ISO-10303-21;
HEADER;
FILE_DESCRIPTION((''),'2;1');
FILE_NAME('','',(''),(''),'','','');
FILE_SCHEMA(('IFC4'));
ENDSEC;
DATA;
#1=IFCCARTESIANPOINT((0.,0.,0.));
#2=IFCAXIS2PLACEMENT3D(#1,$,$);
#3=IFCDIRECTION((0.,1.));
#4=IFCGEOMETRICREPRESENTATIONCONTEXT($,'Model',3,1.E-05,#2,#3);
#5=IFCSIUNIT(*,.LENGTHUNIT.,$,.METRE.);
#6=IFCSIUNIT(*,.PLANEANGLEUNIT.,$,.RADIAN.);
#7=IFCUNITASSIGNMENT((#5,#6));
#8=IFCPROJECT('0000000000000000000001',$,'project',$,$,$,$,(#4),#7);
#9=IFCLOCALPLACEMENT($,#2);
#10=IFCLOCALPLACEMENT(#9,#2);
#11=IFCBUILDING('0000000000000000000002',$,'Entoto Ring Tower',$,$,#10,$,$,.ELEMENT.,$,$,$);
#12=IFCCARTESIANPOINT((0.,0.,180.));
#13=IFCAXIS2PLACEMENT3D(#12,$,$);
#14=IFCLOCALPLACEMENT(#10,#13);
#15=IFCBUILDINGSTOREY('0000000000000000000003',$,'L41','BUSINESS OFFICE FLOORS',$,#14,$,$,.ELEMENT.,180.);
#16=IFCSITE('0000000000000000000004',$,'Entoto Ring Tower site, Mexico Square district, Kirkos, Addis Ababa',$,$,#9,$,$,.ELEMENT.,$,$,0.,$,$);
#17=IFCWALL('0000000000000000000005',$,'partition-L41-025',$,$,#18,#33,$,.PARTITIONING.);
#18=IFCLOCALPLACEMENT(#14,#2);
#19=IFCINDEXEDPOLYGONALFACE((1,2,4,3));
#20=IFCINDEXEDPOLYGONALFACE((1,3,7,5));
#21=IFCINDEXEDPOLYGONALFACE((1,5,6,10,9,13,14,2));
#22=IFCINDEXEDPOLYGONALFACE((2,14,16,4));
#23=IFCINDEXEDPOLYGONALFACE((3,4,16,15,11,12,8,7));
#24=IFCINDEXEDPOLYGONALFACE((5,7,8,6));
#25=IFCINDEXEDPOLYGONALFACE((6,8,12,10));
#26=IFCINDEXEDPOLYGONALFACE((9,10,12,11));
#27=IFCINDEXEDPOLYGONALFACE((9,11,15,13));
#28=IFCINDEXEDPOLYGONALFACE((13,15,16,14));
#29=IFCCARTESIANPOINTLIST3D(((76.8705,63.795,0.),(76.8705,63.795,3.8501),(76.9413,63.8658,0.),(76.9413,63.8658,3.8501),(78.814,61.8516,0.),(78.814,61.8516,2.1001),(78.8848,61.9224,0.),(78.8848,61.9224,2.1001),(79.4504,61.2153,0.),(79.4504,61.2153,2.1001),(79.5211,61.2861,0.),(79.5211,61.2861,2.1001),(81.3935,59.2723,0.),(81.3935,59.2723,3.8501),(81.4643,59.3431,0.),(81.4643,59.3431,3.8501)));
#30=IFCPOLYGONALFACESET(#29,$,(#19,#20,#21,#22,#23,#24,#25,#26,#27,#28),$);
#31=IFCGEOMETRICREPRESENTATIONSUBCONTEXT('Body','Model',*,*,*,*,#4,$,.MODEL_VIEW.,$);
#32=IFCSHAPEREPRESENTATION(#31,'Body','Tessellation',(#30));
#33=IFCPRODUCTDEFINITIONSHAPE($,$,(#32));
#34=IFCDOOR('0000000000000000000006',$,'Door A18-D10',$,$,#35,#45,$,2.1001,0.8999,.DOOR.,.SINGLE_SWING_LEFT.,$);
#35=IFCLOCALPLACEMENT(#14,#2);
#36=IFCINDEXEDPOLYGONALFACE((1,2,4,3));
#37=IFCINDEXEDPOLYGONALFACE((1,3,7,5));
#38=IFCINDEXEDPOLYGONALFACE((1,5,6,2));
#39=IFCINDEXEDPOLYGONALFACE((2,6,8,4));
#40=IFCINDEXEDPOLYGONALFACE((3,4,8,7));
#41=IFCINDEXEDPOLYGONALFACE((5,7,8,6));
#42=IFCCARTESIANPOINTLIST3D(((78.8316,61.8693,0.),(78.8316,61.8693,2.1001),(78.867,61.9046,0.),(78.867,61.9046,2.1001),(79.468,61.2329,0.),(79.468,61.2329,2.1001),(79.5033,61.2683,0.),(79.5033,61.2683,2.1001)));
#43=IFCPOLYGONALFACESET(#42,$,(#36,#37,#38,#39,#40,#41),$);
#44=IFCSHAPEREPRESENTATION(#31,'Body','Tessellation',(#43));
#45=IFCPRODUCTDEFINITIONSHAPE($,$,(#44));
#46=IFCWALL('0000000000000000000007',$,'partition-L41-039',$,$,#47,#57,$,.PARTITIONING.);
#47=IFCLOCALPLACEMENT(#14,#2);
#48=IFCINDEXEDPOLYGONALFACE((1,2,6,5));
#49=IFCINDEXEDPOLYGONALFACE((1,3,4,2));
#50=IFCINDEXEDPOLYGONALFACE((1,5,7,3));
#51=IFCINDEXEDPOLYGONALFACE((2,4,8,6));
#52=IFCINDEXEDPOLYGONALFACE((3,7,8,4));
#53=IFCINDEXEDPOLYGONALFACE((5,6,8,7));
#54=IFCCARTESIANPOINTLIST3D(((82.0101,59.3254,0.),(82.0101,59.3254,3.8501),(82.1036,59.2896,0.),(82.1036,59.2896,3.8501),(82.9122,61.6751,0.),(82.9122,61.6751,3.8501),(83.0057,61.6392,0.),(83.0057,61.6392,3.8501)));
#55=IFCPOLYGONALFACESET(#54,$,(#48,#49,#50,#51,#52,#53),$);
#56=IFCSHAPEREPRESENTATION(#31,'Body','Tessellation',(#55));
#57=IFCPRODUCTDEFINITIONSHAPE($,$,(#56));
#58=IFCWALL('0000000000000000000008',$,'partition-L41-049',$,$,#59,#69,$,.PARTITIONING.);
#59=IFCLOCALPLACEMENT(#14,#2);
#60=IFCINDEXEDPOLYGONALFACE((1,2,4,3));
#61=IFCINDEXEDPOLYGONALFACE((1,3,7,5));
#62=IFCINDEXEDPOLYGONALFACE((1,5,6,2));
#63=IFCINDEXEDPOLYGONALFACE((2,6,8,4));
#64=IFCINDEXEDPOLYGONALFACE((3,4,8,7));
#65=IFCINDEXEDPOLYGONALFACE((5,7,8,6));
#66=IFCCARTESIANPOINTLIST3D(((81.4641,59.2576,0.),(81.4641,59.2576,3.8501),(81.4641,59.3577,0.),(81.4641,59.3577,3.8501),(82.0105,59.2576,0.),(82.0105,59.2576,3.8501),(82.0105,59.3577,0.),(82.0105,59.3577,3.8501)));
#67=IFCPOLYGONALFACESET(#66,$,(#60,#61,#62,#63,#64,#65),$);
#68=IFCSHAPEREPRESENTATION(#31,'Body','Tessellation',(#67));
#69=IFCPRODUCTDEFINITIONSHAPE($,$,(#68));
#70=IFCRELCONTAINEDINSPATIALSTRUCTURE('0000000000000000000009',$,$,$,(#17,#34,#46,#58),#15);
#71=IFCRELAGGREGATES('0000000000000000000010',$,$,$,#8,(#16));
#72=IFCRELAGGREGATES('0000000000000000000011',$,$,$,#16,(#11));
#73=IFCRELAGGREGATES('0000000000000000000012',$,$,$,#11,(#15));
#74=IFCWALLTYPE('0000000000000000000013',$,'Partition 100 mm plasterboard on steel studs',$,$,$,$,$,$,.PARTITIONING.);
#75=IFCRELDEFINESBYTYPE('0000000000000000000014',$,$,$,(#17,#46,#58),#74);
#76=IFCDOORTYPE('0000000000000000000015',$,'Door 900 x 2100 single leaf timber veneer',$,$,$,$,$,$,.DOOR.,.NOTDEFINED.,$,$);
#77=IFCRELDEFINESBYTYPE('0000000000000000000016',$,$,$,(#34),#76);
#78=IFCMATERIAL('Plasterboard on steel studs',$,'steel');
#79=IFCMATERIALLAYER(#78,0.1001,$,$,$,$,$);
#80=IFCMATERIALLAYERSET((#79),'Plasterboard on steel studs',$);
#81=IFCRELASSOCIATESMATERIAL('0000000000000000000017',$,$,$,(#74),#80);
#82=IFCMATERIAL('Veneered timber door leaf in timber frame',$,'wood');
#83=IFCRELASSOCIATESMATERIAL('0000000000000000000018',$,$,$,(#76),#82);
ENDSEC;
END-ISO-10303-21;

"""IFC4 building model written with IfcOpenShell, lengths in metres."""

from ifc_helpers import new_model, si_unit, direction, frame, frame_2d, origin, place, context, subcontext, project, spatial, rectangle, extrude, material, layer, layer_set, type_object, element, fill, save


model = new_model("IFC4")

# Units and contexts
model_context = context("Model", 3, precision=1e-05, world=origin(), true_north=direction((0.0, 1.0)))
body_context = subcontext(model_context, "Body", "Model", "MODEL_VIEW")
ifc_project = project(units=[si_unit("LENGTHUNIT", "METRE"), si_unit("PLANEANGLEUNIT", "RADIAN")], contexts=[model_context])

# Site, building, storey
site_placement = place(None, origin())
site = spatial("IfcSite", under=ifc_project, at=site_placement, Name="Entoto Ring Tower site, Mexico Square district, Kirkos, Addis Ababa", CompositionType="ELEMENT", RefElevation=0.0)
building_placement = place(site_placement, origin())
building = spatial("IfcBuilding", under=site, at=building_placement, Name="Entoto Ring Tower", CompositionType="ELEMENT")
storey_placement = place(building_placement, frame((0.0, 0.0, 180.0)))
storey = spatial("IfcBuildingStorey", under=building, at=storey_placement, Name="L41", Description="BUSINESS OFFICE FLOORS", CompositionType="ELEMENT", Elevation=180.0)

# Wall, opening, door
ifc_material_1 = material(Name="Plasterboard on steel studs", Category="steel")
ifc_layer_1 = layer(ifc_material_1, 0.1001)
ifc_layer_set_1 = layer_set([ifc_layer_1], Name="Plasterboard on steel studs")
wall_type_1 = type_object("IfcWallType", Name="Partition 100 mm plasterboard on steel studs", PredefinedType="PARTITIONING", material=ifc_layer_set_1)
wall_1_placement = place(storey_placement, frame((81.429, 59.3076, 0.0), z_axis=(0.0, 0.0, 1.0), x_axis=(-0.707126, 0.707088, 0.0)))
wall_1 = element("IfcWall", 1, at=wall_1_placement, inside=storey, type_object=wall_type_1, Name="partition-L41-025", PredefinedType="PARTITIONING", context=body_context, shape_type="SweptSolid", body=[
    extrude(rectangle(XDim=6.3962, YDim=0.1001, at=frame_2d((3.1982, 0.0))), origin(), (0.0, 0.0, 1.0), 3.8501),
])
opening_1_placement = place(wall_1_placement, frame((2.748, 0.0, 0.0)))
opening_1 = element("IfcOpeningElement", 2, at=opening_1_placement, cuts=wall_1, PredefinedType="OPENING", context=body_context, shape_type="SweptSolid", body=[
    extrude(rectangle(XDim=0.8999, YDim=2.1001, at=frame_2d((0.45, 1.05))), frame((0.0, 0.0601, 0.0), z_axis=(0.0, -1.0, 0.0), x_axis=(1.0, 0.0, 0.0)), (0.0, 0.0, 1.0), 0.1201),
])
ifc_material_2 = material(Name="Veneered timber door leaf in timber frame", Category="wood")
door_type_1 = type_object("IfcDoorType", Name="Door 900 x 2100 single leaf timber veneer", OperationType="NOTDEFINED", PredefinedType="DOOR", material=ifc_material_2)
door_1_placement = place(opening_1_placement, frame((0.8999, 0.0, 0.0), z_axis=(0.0, 0.0, 1.0), x_axis=(-1.0, 0.0, 0.0)))
door_1 = element("IfcDoor", 3, at=door_1_placement, inside=storey, type_object=door_type_1, Name="Door A18-D10", OperationType="SINGLE_SWING_LEFT", OverallHeight=2.1001, OverallWidth=0.8999, PredefinedType="DOOR", context=body_context, shape_type="SweptSolid", body=[
    extrude(rectangle(XDim=0.8999, YDim=2.1001, at=frame_2d((0.45, 1.05))), frame((0.0, 0.0249, 0.0), z_axis=(0.0, -1.0, 0.0), x_axis=(1.0, 0.0, 0.0)), (0.0, 0.0, 1.0), 0.05),
])
fill(opening_1, door_1)

# Walls
wall_2_placement = place(storey_placement, frame((82.0569, 59.3076, 0.0), z_axis=(0.0, 0.0, 1.0), x_axis=(0.358426, 0.933558, 0.0)))
element("IfcWall", 4, at=wall_2_placement, inside=storey, type_object=wall_type_1, Name="partition-L41-039", PredefinedType="PARTITIONING", context=body_context, shape_type="SweptSolid", body=[
    extrude(rectangle(XDim=2.5168, YDim=0.1001, at=frame_2d((1.2583, 0.0))), origin(), (0.0, 0.0, 1.0), 3.8501),
])
wall_3_placement = place(storey_placement, frame((81.4641, 59.3076, 0.0), z_axis=(0.0, 0.0, 1.0), x_axis=(1.0, 0.0, 0.0)))
element("IfcWall", 5, at=wall_3_placement, inside=storey, type_object=wall_type_1, Name="partition-L41-049", PredefinedType="PARTITIONING", context=body_context, shape_type="SweptSolid", body=[
    extrude(rectangle(XDim=0.5464, YDim=0.1001, at=frame_2d((0.2732, 0.0))), origin(), (0.0, 0.0, 1.0), 3.8501),
])

save(model, "model.ifc")
